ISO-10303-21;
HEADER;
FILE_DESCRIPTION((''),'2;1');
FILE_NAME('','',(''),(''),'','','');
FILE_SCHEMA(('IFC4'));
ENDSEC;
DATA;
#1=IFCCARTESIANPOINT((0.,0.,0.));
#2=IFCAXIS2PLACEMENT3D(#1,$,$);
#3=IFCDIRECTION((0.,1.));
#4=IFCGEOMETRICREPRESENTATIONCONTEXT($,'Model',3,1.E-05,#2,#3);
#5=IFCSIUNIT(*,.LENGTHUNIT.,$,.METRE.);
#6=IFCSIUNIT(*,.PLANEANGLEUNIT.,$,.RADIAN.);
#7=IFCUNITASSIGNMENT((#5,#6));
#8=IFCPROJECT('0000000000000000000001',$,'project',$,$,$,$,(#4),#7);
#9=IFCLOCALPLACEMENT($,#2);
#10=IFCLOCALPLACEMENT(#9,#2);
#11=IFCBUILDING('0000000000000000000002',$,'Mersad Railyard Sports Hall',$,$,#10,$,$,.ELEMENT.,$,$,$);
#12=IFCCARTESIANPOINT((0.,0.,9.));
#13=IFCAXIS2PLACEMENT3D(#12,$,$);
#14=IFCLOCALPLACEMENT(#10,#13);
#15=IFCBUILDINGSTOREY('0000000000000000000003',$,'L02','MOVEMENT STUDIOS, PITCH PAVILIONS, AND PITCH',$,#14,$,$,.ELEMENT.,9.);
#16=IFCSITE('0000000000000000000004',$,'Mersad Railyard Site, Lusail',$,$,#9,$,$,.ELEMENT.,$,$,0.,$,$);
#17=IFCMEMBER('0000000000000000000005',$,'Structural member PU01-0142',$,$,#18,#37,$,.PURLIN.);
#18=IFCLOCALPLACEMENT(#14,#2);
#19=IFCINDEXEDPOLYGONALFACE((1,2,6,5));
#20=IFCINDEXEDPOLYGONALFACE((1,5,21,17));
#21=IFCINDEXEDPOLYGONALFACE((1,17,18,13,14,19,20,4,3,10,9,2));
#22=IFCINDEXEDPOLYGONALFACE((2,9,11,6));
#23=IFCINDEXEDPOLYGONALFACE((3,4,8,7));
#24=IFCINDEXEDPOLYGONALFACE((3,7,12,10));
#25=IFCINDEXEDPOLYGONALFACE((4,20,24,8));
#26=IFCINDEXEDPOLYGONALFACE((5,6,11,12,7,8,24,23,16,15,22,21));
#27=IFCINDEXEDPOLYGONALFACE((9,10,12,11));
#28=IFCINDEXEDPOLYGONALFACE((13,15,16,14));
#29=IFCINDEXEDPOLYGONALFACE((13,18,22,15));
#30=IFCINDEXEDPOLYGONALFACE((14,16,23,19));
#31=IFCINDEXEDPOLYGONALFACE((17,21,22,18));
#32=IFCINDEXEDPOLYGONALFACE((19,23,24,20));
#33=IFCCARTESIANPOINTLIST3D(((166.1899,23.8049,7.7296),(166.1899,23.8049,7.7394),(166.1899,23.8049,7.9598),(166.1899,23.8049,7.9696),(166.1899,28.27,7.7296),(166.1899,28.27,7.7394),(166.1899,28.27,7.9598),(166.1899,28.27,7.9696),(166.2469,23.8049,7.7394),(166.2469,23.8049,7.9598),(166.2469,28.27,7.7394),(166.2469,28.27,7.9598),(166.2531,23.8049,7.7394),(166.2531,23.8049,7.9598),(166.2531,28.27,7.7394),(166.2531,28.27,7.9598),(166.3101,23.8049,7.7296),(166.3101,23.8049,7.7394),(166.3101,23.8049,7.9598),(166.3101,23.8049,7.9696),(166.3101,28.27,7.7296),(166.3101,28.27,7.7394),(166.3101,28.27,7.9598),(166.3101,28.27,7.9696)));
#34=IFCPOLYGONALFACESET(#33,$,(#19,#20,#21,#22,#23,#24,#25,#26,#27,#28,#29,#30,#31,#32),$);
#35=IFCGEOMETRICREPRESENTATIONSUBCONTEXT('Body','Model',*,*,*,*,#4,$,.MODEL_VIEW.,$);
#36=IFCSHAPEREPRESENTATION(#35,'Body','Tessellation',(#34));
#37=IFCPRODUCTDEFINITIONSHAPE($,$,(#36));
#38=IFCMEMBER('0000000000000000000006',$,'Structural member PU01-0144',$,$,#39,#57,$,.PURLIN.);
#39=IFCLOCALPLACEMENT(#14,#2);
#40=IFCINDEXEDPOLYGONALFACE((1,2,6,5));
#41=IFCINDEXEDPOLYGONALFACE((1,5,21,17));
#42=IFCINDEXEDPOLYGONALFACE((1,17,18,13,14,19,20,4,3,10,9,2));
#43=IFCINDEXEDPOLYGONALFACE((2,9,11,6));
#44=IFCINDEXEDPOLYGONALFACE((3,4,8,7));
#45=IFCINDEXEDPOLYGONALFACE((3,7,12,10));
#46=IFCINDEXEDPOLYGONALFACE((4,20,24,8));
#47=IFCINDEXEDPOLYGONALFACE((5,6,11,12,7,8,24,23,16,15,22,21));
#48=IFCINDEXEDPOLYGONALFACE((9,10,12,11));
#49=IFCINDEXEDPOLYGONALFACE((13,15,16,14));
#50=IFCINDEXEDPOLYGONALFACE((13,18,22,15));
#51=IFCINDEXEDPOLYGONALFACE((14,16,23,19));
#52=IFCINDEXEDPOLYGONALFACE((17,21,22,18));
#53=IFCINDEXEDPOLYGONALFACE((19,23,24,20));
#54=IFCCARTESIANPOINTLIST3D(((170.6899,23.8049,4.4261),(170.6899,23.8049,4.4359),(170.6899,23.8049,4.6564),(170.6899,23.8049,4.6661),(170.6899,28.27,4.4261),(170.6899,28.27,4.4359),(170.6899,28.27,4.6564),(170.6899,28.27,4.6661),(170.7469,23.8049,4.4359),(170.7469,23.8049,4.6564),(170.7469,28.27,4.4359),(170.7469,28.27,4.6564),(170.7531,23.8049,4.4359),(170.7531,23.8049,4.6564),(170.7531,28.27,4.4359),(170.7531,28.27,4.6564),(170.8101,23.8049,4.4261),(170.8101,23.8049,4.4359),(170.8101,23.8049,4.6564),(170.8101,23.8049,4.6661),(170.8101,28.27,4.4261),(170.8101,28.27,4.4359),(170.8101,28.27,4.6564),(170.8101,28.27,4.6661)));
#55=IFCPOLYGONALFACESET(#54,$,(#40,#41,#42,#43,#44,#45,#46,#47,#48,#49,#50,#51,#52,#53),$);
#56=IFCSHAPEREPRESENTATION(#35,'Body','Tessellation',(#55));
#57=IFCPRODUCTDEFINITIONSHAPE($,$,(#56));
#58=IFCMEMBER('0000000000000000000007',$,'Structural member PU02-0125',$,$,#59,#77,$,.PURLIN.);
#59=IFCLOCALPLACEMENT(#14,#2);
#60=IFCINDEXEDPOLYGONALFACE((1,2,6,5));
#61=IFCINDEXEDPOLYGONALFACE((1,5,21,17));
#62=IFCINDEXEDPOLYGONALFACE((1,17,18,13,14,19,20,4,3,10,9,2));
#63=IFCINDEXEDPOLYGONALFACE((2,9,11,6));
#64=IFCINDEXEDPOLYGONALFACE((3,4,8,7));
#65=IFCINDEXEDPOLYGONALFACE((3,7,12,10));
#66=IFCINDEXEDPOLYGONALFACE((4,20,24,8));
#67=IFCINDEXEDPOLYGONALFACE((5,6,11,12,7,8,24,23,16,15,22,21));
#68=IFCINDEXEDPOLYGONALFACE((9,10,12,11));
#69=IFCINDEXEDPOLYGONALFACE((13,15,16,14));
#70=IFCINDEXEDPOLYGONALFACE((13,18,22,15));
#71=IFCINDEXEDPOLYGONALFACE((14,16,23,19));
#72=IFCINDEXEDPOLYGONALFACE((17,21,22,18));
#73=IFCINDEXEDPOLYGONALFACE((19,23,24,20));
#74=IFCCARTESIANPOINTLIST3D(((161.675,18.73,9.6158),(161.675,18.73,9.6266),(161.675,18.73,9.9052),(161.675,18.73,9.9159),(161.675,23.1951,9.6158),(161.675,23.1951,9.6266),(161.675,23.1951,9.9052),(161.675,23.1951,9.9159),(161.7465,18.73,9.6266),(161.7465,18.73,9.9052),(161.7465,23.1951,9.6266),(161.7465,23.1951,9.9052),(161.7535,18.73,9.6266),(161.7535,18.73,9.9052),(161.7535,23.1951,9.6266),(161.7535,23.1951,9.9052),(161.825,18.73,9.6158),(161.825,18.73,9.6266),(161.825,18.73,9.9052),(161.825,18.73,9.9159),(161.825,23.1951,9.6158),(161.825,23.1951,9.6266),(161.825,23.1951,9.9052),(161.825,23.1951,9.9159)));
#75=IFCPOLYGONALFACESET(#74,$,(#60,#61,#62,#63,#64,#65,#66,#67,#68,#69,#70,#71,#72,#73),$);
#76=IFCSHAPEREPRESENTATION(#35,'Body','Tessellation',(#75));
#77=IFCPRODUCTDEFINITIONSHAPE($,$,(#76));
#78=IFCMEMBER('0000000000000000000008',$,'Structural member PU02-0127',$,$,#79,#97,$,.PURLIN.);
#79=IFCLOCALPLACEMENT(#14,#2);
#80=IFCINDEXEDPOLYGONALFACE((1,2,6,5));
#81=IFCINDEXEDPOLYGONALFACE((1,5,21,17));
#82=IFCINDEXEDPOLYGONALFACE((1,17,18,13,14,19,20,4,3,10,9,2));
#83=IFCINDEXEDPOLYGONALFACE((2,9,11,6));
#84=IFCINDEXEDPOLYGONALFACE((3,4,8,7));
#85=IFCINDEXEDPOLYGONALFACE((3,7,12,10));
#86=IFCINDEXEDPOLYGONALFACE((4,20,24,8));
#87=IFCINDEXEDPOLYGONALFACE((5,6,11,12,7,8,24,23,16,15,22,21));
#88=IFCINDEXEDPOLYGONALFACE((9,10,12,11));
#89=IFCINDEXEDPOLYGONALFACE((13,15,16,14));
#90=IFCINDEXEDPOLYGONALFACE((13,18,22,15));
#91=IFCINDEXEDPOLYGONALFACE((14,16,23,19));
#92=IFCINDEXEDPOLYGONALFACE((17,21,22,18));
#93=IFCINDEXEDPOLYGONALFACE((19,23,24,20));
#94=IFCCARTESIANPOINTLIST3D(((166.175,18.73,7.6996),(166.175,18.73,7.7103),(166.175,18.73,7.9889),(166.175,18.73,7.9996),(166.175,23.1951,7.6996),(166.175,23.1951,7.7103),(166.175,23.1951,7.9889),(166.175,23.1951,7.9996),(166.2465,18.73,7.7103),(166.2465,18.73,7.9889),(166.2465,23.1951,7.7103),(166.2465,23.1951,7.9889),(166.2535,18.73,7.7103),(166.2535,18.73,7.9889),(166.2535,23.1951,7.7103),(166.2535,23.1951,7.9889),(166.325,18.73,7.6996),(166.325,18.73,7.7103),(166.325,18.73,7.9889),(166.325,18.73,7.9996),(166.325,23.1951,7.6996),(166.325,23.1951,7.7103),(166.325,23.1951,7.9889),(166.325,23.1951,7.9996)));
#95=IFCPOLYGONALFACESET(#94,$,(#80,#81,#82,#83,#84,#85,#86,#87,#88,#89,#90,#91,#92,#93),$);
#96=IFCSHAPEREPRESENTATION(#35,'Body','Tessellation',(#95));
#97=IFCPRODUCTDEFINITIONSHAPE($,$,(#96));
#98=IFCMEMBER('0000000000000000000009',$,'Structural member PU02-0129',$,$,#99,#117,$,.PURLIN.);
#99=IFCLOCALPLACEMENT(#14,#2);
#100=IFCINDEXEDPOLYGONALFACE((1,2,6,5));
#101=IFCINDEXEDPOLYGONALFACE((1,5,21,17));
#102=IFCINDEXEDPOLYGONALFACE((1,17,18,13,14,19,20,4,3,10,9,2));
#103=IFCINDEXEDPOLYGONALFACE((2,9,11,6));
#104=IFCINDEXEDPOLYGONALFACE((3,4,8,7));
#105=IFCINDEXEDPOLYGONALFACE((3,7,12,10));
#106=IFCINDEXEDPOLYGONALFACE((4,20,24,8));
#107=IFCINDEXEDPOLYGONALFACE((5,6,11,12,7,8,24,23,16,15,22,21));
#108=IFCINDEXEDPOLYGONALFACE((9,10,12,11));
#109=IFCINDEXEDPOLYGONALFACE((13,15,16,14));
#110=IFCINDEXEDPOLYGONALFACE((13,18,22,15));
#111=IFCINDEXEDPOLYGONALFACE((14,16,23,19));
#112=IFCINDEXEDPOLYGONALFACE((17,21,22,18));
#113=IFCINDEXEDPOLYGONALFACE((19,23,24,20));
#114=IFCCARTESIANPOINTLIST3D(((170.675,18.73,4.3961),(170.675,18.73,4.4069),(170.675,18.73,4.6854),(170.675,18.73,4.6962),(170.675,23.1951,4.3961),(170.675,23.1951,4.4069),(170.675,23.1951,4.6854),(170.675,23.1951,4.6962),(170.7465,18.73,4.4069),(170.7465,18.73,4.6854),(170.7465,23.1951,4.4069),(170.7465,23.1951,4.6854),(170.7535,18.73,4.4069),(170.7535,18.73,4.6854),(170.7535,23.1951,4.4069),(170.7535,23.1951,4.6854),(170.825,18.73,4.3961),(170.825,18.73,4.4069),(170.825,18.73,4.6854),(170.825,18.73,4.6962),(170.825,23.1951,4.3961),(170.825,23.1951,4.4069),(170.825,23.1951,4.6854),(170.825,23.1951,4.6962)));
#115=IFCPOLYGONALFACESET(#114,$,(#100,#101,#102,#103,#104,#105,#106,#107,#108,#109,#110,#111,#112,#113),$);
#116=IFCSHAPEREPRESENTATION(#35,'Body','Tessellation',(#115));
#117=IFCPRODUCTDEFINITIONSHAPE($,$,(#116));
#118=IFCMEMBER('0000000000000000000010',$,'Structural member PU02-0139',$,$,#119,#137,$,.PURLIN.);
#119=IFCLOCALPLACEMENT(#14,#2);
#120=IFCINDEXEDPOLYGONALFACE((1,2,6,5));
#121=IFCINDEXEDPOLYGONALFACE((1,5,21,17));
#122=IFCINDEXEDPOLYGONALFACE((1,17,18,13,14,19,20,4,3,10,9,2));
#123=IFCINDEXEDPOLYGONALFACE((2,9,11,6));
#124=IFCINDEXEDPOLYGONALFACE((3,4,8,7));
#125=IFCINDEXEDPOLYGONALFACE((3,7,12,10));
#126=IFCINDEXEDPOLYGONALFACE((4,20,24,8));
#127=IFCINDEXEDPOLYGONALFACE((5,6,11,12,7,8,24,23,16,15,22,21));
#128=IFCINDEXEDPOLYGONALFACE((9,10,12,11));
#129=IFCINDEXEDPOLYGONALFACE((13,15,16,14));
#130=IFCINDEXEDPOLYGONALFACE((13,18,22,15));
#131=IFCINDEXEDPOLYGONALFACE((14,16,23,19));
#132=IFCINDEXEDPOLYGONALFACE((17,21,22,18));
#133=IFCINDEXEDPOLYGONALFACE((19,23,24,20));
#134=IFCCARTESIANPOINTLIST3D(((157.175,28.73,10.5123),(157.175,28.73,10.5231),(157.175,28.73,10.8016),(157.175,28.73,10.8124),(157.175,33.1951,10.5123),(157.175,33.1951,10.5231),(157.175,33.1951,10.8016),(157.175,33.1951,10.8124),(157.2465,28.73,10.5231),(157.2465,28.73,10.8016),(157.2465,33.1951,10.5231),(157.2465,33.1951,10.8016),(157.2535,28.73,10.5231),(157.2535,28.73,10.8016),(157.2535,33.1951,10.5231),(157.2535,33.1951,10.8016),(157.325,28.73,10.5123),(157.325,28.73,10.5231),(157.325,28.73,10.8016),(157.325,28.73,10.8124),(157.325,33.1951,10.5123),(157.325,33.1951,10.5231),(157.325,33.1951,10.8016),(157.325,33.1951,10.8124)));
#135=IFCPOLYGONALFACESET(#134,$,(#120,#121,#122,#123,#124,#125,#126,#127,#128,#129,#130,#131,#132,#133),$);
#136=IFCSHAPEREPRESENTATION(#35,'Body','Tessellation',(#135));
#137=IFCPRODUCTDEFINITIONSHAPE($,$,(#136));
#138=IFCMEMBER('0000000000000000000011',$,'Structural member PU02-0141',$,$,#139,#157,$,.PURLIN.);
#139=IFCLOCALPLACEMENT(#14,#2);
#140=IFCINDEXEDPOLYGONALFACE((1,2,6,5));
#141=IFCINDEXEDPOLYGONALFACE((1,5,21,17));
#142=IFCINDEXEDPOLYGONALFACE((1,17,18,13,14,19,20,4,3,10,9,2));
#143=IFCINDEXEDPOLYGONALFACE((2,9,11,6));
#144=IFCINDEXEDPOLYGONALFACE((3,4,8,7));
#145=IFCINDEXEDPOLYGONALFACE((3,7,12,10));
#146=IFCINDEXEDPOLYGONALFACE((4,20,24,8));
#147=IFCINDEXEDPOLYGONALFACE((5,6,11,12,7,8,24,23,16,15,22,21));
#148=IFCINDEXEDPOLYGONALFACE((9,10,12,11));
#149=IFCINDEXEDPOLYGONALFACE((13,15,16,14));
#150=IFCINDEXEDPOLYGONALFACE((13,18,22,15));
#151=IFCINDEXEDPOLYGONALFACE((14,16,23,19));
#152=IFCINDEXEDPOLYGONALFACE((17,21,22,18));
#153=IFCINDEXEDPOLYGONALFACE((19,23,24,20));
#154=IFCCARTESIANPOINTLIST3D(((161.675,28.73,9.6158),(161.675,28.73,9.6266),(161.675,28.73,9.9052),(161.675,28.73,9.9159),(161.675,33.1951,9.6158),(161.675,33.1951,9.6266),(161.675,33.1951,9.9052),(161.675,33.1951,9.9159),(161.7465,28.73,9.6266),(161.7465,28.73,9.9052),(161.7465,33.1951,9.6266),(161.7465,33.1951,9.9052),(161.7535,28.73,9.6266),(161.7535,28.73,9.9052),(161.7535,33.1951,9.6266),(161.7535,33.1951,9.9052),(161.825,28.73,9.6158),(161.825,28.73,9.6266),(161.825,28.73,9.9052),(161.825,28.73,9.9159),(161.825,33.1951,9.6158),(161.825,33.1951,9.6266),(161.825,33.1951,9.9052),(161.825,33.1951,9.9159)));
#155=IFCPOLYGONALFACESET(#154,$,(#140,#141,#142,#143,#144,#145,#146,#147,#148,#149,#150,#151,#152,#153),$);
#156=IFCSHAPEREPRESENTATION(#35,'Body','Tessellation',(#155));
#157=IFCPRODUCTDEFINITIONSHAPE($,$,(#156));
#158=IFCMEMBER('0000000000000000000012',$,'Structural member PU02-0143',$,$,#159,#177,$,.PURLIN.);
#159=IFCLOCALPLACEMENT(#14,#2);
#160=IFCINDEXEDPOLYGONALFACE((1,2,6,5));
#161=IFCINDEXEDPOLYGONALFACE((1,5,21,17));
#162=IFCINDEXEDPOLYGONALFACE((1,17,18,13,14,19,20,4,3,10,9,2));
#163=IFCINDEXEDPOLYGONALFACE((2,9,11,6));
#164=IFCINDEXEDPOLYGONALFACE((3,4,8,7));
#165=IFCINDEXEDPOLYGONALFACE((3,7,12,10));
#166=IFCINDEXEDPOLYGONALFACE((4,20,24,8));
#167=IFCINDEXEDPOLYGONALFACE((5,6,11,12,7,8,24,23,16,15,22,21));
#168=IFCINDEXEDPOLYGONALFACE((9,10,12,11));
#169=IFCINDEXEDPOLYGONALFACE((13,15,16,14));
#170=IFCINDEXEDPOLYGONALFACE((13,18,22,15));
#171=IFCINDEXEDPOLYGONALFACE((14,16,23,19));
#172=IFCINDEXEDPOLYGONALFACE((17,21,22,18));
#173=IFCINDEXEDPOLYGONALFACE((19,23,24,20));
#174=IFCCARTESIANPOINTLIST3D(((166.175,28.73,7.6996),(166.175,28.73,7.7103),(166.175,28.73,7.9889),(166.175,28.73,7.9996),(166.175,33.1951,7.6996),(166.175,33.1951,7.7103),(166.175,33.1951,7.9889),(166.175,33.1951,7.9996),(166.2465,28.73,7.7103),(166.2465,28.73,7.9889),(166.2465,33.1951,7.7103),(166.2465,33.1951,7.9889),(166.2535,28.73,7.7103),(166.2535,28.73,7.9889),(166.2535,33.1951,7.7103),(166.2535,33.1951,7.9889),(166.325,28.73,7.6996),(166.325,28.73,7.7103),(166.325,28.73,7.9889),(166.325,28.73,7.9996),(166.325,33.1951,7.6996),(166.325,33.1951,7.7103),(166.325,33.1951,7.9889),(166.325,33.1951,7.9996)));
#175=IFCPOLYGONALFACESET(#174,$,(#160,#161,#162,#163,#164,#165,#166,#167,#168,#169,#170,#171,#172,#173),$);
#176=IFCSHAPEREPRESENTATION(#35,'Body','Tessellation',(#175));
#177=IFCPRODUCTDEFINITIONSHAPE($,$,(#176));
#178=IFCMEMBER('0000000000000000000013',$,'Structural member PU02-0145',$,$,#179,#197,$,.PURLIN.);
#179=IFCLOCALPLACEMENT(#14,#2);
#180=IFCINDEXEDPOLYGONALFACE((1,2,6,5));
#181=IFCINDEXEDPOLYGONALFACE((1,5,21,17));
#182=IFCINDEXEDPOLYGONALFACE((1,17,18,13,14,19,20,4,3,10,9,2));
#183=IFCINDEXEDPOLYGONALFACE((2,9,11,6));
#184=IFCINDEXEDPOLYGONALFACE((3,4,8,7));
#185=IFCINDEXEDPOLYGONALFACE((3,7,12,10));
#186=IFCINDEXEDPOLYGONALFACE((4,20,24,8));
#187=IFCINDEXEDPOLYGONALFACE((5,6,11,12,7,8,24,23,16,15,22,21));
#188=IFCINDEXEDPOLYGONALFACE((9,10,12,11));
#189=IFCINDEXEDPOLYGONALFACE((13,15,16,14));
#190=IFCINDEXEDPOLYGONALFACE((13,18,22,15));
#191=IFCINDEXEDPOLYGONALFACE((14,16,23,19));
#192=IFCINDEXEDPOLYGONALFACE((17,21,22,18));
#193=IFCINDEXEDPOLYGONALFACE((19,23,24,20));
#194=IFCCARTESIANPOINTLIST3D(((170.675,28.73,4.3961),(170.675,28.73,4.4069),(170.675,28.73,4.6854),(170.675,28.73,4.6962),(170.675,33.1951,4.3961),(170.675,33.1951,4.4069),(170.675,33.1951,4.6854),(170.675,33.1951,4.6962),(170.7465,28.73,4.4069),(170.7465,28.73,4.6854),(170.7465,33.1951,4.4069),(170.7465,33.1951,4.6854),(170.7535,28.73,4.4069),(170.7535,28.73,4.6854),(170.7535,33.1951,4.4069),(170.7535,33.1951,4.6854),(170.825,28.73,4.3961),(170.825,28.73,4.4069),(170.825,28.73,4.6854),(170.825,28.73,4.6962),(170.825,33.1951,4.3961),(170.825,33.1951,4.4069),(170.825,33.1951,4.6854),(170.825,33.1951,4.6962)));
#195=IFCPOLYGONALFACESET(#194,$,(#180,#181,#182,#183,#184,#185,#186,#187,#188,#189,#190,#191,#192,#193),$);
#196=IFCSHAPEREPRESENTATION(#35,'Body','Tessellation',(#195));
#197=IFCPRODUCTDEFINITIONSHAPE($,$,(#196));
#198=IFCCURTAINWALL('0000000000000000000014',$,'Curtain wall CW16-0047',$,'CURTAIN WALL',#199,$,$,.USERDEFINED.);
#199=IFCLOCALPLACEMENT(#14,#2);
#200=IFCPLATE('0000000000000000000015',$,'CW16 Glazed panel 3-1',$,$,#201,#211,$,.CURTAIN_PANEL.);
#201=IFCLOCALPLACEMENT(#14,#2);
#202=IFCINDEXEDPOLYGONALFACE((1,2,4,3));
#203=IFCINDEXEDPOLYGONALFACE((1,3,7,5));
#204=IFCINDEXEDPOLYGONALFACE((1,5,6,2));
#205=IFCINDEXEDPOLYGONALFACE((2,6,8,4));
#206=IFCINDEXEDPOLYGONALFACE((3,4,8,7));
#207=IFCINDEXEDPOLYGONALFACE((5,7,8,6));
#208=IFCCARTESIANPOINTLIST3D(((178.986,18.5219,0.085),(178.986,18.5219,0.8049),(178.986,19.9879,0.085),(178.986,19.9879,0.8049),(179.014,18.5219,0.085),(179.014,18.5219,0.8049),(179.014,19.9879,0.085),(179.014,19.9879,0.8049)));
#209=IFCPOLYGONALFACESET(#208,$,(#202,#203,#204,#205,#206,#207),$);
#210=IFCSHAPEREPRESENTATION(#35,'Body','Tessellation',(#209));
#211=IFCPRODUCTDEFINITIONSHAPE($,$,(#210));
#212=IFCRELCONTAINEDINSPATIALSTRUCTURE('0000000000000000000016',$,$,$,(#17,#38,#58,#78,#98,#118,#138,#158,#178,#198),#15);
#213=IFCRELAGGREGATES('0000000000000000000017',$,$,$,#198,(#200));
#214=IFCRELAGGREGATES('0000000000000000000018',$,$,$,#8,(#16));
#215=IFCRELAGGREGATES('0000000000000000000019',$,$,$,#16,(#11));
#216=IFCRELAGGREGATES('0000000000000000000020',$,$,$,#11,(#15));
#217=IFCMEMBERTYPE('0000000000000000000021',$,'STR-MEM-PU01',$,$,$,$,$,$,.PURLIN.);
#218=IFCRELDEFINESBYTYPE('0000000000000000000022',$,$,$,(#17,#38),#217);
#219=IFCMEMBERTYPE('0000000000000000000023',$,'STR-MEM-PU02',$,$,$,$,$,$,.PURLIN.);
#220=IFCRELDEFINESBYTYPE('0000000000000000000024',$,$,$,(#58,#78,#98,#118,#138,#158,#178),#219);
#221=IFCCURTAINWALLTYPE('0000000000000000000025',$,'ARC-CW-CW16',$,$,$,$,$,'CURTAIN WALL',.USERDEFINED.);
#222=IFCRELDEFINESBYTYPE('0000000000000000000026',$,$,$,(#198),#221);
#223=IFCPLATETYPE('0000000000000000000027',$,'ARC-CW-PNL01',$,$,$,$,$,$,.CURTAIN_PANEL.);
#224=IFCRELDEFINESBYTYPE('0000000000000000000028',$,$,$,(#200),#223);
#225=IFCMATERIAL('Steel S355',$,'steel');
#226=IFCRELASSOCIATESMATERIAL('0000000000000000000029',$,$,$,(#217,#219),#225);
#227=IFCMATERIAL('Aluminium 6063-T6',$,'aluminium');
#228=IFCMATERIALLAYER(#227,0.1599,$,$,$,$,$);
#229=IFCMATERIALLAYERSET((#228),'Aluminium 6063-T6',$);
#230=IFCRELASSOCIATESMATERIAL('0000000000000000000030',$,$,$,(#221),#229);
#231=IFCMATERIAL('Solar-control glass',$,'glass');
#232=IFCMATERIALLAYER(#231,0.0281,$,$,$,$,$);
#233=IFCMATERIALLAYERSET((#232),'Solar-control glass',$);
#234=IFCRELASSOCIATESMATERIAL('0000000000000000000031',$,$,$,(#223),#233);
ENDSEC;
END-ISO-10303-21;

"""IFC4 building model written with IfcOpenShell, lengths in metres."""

from ifc_helpers import new_model, si_unit, direction, frame, origin, origin_2d, place, context, subcontext, project, spatial, rectangle, i_section, extrude, material, layer, layer_set, material_profile, profile_set, type_object, element, aggregate, save


model = new_model("IFC4")

# Units and contexts
model_context = context("Model", 3, precision=1e-05, world=origin(), true_north=direction((0.0, 1.0)))
body_context = subcontext(model_context, "Body", "Model", "MODEL_VIEW")
ifc_project = project(units=[si_unit("LENGTHUNIT", "METRE"), si_unit("PLANEANGLEUNIT", "RADIAN")], contexts=[model_context])

# Site, building, storey
site_placement = place(None, origin())
site = spatial("IfcSite", under=ifc_project, at=site_placement, Name="Mersad Railyard Site, Lusail", CompositionType="ELEMENT", RefElevation=0.0)
building_placement = place(site_placement, origin())
building = spatial("IfcBuilding", under=site, at=building_placement, Name="Mersad Railyard Sports Hall", CompositionType="ELEMENT")
storey_placement = place(building_placement, frame((0.0, 0.0, 9.0)))
storey = spatial("IfcBuildingStorey", under=building, at=storey_placement, Name="L02", Description="MOVEMENT STUDIOS, PITCH PAVILIONS, AND PITCH", CompositionType="ELEMENT", Elevation=9.0)

# Members
ifc_material_1 = material(Name="Steel S355", Category="steel")
ifc_material_profile_1 = material_profile(ifc_material_1, i_section(OverallWidth=0.1201, OverallDepth=0.24, WebThickness=0.0061, FlangeThickness=0.0098, at=origin_2d()), Name="IPE 240")
ifc_profile_set_1 = profile_set([ifc_material_profile_1], Name="Steel S355")
member_type_1 = type_object("IfcMemberType", Name="STR-MEM-PU01", PredefinedType="PURLIN", material=ifc_profile_set_1)
for number, where, z_axis, x_axis, name in (
    (1, (166.25, 23.8049, 7.8496), (0.0, 1.0, 0.0), (-1.0, 0.0, 0.0), "Structural member PU01-0142"),
    (2, (170.75, 23.8049, 4.5461), (0.0, 1.0, 0.0), (-1.0, 0.0, 0.0), "Structural member PU01-0144"),
):
    element("IfcMember", number, at=place(storey_placement, frame(where, z_axis=z_axis, x_axis=x_axis)), inside=storey, type_object=member_type_1, Name=name, PredefinedType="PURLIN", context=body_context, shape_type="SweptSolid", body=[
        extrude(i_section(OverallWidth=0.1201, OverallDepth=0.24, WebThickness=0.0061, FlangeThickness=0.0098, at=origin_2d()), origin(), (0.0, 0.0, 1.0), 4.4651),
    ])
ifc_material_profile_2 = material_profile(ifc_material_1, i_section(OverallWidth=0.1499, OverallDepth=0.3, WebThickness=0.0071, FlangeThickness=0.0107, at=origin_2d()), Name="IPE 300")
ifc_profile_set_2 = profile_set([ifc_material_profile_2], Name="Steel S355")
member_type_2 = type_object("IfcMemberType", Name="STR-MEM-PU02", PredefinedType="PURLIN", material=ifc_profile_set_2)
for number, where, z_axis, x_axis, name in (
    (3, (161.75, 18.73, 9.7659), (0.0, 1.0, 0.0), (-1.0, 0.0, 0.0), "Structural member PU02-0125"),
    (4, (166.25, 18.73, 7.8496), (0.0, 1.0, 0.0), (-1.0, 0.0, 0.0), "Structural member PU02-0127"),
    (5, (170.75, 18.73, 4.5461), (0.0, 1.0, 0.0), (-1.0, 0.0, 0.0), "Structural member PU02-0129"),
    (6, (157.25, 28.73, 10.6624), (0.0, 1.0, 0.0), (-1.0, 0.0, 0.0), "Structural member PU02-0139"),
    (7, (161.75, 28.73, 9.7659), (0.0, 1.0, 0.0), (-1.0, 0.0, 0.0), "Structural member PU02-0141"),
    (8, (166.25, 28.73, 7.8496), (0.0, 1.0, 0.0), (-1.0, 0.0, 0.0), "Structural member PU02-0143"),
    (9, (170.75, 28.73, 4.5461), (0.0, 1.0, 0.0), (-1.0, 0.0, 0.0), "Structural member PU02-0145"),
):
    element("IfcMember", number, at=place(storey_placement, frame(where, z_axis=z_axis, x_axis=x_axis)), inside=storey, type_object=member_type_2, Name=name, PredefinedType="PURLIN", context=body_context, shape_type="SweptSolid", body=[
        extrude(i_section(OverallWidth=0.1499, OverallDepth=0.3, WebThickness=0.0071, FlangeThickness=0.0107, at=origin_2d()), origin(), (0.0, 0.0, 1.0), 4.4651),
    ])

# Curtain wall, plate
ifc_material_2 = material(Name="Aluminium 6063-T6", Category="aluminium")
ifc_layer_1 = layer(ifc_material_2, 0.1599)
ifc_layer_set_1 = layer_set([ifc_layer_1], Name="Aluminium 6063-T6")
curtain_wall_type = type_object("IfcCurtainWallType", Name="ARC-CW-CW16", ElementType="CURTAIN WALL", PredefinedType="USERDEFINED", material=ifc_layer_set_1)
curtain_wall_placement = place(storey_placement, origin())
curtain_wall = element("IfcCurtainWall", 10, at=curtain_wall_placement, inside=storey, type_object=curtain_wall_type, Name="Curtain wall CW16-0047", ObjectType="CURTAIN WALL", PredefinedType="USERDEFINED")
ifc_material_3 = material(Name="Solar-control glass", Category="glass")
ifc_layer_2 = layer(ifc_material_3, 0.0281)
ifc_layer_set_2 = layer_set([ifc_layer_2], Name="Solar-control glass")
plate_type = type_object("IfcPlateType", Name="ARC-CW-PNL01", PredefinedType="CURTAIN_PANEL", material=ifc_layer_set_2)
plate_placement = place(storey_placement, frame((179.0, 19.2549, 0.085), z_axis=(0.0, 0.0, 1.0), x_axis=(0.0, -1.0, 0.0)))
plate = element("IfcPlate", 11, at=plate_placement, type_object=plate_type, Name="CW16 Glazed panel 3-1", PredefinedType="CURTAIN_PANEL", context=body_context, shape_type="SweptSolid", body=[
    extrude(rectangle(XDim=1.4661, YDim=0.0281, at=origin_2d()), origin(), (0.0, 0.0, 1.0), 0.72),
])
aggregate(curtain_wall, [plate])

save(model, "model.ifc")
